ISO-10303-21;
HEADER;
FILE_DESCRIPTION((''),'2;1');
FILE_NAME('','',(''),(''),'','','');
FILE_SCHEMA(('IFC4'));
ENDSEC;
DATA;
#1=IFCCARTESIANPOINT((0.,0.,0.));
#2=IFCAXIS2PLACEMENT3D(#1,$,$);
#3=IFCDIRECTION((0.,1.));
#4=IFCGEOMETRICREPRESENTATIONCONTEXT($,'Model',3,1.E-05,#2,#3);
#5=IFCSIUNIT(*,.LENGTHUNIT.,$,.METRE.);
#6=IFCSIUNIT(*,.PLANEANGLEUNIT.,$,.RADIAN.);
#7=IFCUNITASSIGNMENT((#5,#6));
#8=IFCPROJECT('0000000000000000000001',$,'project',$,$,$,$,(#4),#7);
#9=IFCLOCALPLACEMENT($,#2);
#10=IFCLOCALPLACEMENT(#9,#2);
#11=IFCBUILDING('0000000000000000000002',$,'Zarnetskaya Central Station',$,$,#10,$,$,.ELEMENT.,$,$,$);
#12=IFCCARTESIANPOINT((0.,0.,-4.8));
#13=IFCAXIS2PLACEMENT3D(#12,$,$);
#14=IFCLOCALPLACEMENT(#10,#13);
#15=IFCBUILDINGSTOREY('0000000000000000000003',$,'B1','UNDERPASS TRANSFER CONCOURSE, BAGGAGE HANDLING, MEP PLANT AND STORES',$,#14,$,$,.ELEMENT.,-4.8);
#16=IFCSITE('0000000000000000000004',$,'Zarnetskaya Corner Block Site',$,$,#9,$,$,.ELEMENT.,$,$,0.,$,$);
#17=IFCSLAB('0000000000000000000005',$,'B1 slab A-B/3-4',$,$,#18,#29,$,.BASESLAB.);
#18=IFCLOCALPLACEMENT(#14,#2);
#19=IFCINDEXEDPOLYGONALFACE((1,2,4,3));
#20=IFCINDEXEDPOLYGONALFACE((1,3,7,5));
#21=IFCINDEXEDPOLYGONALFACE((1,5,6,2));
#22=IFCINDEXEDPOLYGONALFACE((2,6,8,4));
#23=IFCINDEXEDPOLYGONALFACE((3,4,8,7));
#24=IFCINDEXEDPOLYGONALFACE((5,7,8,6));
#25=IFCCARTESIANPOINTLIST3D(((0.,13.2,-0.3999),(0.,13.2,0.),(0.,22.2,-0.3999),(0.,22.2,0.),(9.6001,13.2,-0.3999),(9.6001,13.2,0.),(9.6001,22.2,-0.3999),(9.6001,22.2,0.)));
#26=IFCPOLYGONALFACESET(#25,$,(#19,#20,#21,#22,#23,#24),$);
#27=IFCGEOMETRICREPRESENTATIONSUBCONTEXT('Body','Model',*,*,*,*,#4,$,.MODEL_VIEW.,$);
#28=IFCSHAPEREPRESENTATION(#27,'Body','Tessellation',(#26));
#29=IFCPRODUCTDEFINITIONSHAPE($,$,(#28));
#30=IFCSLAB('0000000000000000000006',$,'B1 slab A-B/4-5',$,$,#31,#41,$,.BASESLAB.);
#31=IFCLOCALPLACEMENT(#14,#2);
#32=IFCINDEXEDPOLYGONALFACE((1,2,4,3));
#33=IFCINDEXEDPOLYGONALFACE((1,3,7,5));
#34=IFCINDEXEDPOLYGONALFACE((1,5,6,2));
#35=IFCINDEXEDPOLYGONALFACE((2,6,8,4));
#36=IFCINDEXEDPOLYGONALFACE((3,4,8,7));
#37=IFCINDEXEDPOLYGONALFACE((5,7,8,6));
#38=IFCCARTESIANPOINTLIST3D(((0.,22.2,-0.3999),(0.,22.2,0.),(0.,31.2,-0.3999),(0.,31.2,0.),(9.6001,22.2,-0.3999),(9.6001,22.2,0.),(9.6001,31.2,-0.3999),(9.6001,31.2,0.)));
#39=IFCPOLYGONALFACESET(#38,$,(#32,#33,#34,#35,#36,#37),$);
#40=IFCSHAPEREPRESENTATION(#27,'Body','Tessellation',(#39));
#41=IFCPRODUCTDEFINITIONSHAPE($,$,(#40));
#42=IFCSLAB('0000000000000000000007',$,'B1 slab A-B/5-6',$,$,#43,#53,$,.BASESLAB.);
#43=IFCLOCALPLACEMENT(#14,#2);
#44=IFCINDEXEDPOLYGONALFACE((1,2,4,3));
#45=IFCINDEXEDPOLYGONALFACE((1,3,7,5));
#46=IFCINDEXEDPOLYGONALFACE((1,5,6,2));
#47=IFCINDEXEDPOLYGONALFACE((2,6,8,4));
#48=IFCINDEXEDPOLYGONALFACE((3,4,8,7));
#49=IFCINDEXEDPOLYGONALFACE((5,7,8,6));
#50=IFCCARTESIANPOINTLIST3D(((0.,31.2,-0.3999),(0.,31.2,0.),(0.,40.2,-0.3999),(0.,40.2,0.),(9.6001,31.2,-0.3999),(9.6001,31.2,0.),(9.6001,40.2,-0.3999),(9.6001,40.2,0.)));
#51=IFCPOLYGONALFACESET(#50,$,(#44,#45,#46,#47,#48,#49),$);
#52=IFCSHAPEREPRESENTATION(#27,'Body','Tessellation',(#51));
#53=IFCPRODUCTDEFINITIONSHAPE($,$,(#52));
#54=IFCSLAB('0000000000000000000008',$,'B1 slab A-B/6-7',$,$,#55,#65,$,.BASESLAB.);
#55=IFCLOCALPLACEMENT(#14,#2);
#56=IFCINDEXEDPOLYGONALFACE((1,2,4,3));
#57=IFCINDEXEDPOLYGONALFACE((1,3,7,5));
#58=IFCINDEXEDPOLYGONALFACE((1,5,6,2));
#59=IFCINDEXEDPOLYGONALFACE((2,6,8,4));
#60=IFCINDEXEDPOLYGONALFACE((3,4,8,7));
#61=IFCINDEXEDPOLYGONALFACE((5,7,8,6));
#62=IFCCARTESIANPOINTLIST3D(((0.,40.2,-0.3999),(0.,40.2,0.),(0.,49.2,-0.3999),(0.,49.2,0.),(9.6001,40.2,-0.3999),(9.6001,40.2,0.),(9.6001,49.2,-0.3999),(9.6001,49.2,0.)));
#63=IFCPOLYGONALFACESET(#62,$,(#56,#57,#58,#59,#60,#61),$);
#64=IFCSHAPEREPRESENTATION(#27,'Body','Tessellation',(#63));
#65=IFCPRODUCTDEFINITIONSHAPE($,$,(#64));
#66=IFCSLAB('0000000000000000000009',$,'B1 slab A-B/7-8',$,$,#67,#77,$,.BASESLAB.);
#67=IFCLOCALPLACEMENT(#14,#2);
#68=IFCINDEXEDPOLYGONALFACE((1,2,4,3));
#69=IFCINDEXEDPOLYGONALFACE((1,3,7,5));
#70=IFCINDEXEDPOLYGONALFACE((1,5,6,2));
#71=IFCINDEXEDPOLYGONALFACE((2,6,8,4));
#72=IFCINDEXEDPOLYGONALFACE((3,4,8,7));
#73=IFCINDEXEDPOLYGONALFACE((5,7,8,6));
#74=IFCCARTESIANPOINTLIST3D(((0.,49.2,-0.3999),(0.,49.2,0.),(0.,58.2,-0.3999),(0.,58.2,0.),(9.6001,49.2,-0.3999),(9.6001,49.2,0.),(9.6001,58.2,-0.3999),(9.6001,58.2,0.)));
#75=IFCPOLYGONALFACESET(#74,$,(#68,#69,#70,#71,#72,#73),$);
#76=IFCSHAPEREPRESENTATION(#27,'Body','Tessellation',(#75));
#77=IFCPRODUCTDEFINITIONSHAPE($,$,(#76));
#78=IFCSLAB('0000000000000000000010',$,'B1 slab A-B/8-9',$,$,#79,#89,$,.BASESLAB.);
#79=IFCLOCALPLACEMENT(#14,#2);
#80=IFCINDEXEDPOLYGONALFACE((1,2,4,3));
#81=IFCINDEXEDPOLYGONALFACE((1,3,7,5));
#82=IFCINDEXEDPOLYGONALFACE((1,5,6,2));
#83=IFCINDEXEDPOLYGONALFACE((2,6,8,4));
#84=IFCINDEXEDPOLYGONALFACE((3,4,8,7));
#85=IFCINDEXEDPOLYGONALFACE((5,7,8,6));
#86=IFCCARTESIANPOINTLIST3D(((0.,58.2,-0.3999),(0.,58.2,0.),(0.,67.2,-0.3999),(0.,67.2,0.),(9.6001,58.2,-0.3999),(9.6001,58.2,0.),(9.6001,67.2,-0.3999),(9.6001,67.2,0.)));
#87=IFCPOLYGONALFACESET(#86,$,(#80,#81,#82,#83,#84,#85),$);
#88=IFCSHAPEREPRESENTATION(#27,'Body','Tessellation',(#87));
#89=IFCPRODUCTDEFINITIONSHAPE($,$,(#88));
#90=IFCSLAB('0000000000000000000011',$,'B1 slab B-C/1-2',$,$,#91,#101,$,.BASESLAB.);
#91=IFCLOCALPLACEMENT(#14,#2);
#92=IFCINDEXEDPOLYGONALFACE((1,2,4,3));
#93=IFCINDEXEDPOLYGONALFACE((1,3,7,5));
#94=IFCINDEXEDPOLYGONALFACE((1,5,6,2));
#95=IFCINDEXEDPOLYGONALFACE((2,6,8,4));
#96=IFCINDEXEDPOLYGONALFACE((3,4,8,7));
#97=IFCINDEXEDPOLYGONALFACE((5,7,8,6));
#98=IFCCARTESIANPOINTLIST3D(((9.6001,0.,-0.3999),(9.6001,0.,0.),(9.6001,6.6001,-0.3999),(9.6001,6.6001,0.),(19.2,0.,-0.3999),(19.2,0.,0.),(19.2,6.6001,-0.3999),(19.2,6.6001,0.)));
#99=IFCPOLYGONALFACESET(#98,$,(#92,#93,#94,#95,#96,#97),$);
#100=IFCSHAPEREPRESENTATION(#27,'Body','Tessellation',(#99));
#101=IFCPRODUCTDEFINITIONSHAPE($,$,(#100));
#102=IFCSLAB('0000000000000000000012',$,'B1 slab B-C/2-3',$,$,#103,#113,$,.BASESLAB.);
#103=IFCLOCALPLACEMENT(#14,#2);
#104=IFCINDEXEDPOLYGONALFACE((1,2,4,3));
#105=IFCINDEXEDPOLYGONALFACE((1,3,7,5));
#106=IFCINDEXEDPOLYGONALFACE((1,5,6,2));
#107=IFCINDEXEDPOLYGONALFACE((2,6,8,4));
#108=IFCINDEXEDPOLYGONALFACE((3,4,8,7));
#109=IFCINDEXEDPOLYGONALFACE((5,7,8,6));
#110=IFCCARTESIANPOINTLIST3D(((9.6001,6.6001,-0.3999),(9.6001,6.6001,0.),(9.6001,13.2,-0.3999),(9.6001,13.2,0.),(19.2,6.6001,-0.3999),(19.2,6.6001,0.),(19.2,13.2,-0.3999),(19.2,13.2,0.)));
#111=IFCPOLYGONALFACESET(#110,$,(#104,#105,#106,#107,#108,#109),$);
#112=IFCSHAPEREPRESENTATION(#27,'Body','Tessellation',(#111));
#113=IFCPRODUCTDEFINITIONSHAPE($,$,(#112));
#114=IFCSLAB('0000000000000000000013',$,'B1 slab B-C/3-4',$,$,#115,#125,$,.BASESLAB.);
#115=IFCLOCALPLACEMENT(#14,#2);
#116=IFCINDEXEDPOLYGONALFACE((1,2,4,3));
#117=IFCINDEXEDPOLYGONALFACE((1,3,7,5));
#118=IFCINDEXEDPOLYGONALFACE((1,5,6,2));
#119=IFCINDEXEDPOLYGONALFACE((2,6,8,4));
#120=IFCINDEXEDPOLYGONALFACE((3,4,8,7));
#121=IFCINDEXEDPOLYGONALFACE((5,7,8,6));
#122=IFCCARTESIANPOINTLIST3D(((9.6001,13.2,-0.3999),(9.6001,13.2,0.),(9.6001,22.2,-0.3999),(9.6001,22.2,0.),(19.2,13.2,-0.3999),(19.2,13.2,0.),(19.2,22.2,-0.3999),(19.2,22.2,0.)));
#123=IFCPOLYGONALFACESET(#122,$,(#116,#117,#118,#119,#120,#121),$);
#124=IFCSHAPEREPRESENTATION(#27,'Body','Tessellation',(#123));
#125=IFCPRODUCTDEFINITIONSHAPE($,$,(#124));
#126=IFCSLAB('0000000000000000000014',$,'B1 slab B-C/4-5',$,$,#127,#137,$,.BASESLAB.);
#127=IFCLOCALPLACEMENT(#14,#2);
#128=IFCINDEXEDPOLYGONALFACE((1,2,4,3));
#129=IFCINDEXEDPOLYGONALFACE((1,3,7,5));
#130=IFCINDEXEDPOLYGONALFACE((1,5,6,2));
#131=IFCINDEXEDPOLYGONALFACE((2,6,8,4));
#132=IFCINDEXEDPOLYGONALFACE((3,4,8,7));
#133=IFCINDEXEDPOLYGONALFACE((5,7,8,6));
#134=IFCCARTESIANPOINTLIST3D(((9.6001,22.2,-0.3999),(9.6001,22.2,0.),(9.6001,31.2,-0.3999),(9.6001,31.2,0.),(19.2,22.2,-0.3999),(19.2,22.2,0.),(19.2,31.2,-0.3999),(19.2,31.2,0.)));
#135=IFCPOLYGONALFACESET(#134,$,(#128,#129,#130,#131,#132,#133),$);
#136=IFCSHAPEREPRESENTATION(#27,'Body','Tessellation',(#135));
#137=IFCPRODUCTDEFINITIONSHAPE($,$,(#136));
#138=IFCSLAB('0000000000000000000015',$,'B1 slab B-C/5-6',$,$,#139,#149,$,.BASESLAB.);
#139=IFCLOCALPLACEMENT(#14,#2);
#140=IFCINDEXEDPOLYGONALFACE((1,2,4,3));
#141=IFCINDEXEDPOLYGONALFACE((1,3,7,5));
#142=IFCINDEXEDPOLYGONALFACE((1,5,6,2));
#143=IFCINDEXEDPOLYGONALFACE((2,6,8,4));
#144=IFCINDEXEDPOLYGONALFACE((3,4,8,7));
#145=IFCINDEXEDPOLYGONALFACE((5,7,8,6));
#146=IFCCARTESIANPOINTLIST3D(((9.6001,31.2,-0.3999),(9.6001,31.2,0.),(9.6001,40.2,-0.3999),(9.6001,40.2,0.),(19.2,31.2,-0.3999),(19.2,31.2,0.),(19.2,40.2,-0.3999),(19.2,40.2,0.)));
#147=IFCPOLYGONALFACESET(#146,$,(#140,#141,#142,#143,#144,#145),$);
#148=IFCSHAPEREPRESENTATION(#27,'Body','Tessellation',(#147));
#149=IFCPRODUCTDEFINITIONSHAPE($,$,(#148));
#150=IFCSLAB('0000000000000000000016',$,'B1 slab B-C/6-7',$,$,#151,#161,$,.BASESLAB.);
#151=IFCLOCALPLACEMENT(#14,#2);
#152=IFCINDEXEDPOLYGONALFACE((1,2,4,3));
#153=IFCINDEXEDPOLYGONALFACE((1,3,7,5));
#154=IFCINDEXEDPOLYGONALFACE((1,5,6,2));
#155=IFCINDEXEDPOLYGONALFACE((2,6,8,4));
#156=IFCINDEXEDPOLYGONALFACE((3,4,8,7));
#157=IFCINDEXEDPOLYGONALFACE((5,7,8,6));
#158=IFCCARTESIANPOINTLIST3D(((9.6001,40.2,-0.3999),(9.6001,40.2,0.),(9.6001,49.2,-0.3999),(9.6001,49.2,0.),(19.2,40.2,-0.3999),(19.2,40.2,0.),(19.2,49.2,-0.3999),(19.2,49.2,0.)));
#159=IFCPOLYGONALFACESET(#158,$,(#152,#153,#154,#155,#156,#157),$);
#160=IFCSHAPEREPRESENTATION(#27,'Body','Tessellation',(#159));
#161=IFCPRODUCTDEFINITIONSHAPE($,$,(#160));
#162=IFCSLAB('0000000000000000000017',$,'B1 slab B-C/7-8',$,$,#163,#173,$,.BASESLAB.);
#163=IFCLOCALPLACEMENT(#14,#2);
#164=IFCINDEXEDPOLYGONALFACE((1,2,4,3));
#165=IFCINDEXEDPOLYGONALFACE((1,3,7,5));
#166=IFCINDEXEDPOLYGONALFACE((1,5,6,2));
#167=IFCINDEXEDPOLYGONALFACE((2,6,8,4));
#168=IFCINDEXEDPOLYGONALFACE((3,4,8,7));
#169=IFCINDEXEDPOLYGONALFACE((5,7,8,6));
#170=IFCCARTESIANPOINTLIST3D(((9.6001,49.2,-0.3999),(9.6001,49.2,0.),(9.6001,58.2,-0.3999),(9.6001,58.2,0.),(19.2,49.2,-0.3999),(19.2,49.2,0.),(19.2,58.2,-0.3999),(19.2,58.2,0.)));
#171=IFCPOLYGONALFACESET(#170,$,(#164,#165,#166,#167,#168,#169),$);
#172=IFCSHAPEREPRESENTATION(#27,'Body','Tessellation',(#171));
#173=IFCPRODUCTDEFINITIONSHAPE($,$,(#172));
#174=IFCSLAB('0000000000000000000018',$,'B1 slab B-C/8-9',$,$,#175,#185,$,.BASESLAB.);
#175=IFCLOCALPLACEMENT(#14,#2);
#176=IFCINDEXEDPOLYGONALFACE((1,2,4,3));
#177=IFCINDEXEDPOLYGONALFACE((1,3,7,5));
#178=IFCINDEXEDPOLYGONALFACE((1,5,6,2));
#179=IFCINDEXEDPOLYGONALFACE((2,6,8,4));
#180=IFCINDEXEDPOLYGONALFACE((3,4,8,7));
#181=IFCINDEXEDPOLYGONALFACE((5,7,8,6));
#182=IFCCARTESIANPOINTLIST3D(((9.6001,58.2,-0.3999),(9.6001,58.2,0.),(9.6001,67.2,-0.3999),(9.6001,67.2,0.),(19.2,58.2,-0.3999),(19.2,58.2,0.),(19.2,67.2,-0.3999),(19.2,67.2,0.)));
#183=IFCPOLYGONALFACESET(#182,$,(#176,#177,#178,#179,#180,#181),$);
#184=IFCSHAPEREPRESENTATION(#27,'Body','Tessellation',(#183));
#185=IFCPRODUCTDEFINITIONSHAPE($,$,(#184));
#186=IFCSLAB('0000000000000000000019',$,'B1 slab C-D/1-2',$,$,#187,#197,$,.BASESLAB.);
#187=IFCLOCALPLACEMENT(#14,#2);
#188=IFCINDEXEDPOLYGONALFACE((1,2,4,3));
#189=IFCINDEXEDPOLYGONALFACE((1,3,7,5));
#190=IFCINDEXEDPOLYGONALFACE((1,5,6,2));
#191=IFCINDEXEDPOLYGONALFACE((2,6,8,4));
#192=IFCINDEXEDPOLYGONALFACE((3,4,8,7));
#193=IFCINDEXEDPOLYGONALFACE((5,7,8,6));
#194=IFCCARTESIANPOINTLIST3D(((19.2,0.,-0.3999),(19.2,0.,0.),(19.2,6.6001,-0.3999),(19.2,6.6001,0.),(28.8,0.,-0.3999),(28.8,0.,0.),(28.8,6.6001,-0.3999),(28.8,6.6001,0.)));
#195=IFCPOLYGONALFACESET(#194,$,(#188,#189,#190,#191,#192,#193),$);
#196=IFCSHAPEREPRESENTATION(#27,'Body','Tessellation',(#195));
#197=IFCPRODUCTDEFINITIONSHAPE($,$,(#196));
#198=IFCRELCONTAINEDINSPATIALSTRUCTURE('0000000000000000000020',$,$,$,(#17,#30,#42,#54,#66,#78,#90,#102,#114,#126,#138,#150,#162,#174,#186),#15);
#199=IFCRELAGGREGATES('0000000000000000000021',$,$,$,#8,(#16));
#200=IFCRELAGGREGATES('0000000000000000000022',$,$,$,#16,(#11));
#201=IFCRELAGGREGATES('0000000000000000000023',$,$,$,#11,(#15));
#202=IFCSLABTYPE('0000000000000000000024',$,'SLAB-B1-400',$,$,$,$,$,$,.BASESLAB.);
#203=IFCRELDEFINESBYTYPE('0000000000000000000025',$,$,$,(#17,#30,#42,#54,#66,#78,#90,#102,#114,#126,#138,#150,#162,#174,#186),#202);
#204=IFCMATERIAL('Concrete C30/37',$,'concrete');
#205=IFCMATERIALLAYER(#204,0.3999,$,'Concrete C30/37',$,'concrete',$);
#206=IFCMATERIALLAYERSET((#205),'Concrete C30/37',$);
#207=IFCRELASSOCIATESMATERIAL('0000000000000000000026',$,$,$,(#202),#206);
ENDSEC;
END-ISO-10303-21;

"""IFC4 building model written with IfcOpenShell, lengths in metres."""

from ifc_helpers import new_model, si_unit, direction, frame, origin, place, context, subcontext, project, spatial, polyline, outline, extrude, material, layer, layer_set, type_object, element, save


model = new_model("IFC4")

# Units and contexts
model_context = context("Model", 3, precision=1e-05, world=origin(), true_north=direction((0.0, 1.0)))
body_context = subcontext(model_context, "Body", "Model", "MODEL_VIEW")
ifc_project = project(units=[si_unit("LENGTHUNIT", "METRE"), si_unit("PLANEANGLEUNIT", "RADIAN")], contexts=[model_context])

# Site, building, storey
site_placement = place(None, origin())
site = spatial("IfcSite", under=ifc_project, at=site_placement, Name="Zarnetskaya Corner Block Site", CompositionType="ELEMENT", RefElevation=0.0)
building_placement = place(site_placement, origin())
building = spatial("IfcBuilding", under=site, at=building_placement, Name="Zarnetskaya Central Station", CompositionType="ELEMENT")
storey_placement = place(building_placement, frame((0.0, 0.0, -4.8)))
storey = spatial("IfcBuildingStorey", under=building, at=storey_placement, Name="B1", Description="UNDERPASS TRANSFER CONCOURSE, BAGGAGE HANDLING, MEP PLANT AND STORES", CompositionType="ELEMENT", Elevation=-4.8)

# Slabs
ifc_material_1 = material(Name="Concrete C30/37", Category="concrete")
ifc_layer = layer(ifc_material_1, 0.3999, Name="Concrete C30/37", Category="concrete")
ifc_layer_set = layer_set([ifc_layer], Name="Concrete C30/37")
slab_type = type_object("IfcSlabType", Name="SLAB-B1-400", PredefinedType="BASESLAB", material=ifc_layer_set)
slab_1_placement = place(storey_placement, frame((0.0, 0.0, -0.3999)))
element("IfcSlab", 1, at=slab_1_placement, inside=storey, type_object=slab_type, Name="B1 slab A-B/3-4", PredefinedType="BASESLAB", context=body_context, shape_type="SweptSolid", body=[
    extrude(outline(polyline([(0.0, 13.2), (9.6001, 13.2), (9.6001, 22.2), (0.0, 22.2), (0.0, 13.2)])), origin(), (0.0, 0.0, 1.0), 0.3999),
])
slab_2_placement = place(storey_placement, frame((0.0, 0.0, -0.3999)))
element("IfcSlab", 2, at=slab_2_placement, inside=storey, type_object=slab_type, Name="B1 slab A-B/4-5", PredefinedType="BASESLAB", context=body_context, shape_type="SweptSolid", body=[
    extrude(outline(polyline([(0.0, 22.2), (9.6001, 22.2), (9.6001, 31.2), (0.0, 31.2), (0.0, 22.2)])), origin(), (0.0, 0.0, 1.0), 0.3999),
])
slab_3_placement = place(storey_placement, frame((0.0, 0.0, -0.3999)))
element("IfcSlab", 3, at=slab_3_placement, inside=storey, type_object=slab_type, Name="B1 slab A-B/5-6", PredefinedType="BASESLAB", context=body_context, shape_type="SweptSolid", body=[
    extrude(outline(polyline([(0.0, 31.2), (9.6001, 31.2), (9.6001, 40.2), (0.0, 40.2), (0.0, 31.2)])), origin(), (0.0, 0.0, 1.0), 0.3999),
])
slab_4_placement = place(storey_placement, frame((0.0, 0.0, -0.3999)))
element("IfcSlab", 4, at=slab_4_placement, inside=storey, type_object=slab_type, Name="B1 slab A-B/6-7", PredefinedType="BASESLAB", context=body_context, shape_type="SweptSolid", body=[
    extrude(outline(polyline([(0.0, 40.2), (9.6001, 40.2), (9.6001, 49.2), (0.0, 49.2), (0.0, 40.2)])), origin(), (0.0, 0.0, 1.0), 0.3999),
])
slab_5_placement = place(storey_placement, frame((0.0, 0.0, -0.3999)))
element("IfcSlab", 5, at=slab_5_placement, inside=storey, type_object=slab_type, Name="B1 slab A-B/7-8", PredefinedType="BASESLAB", context=body_context, shape_type="SweptSolid", body=[
    extrude(outline(polyline([(0.0, 49.2), (9.6001, 49.2), (9.6001, 58.2), (0.0, 58.2), (0.0, 49.2)])), origin(), (0.0, 0.0, 1.0), 0.3999),
])
slab_6_placement = place(storey_placement, frame((0.0, 0.0, -0.3999)))
element("IfcSlab", 6, at=slab_6_placement, inside=storey, type_object=slab_type, Name="B1 slab A-B/8-9", PredefinedType="BASESLAB", context=body_context, shape_type="SweptSolid", body=[
    extrude(outline(polyline([(0.0, 58.2), (9.6001, 58.2), (9.6001, 67.2), (0.0, 67.2), (0.0, 58.2)])), origin(), (0.0, 0.0, 1.0), 0.3999),
])
slab_7_placement = place(storey_placement, frame((0.0, 0.0, -0.3999)))
element("IfcSlab", 7, at=slab_7_placement, inside=storey, type_object=slab_type, Name="B1 slab B-C/1-2", PredefinedType="BASESLAB", context=body_context, shape_type="SweptSolid", body=[
    extrude(outline(polyline([(9.6001, 0.0), (19.2, 0.0), (19.2, 6.6001), (9.6001, 6.6001), (9.6001, 0.0)])), origin(), (0.0, 0.0, 1.0), 0.3999),
])
slab_8_placement = place(storey_placement, frame((0.0, 0.0, -0.3999)))
element("IfcSlab", 8, at=slab_8_placement, inside=storey, type_object=slab_type, Name="B1 slab B-C/2-3", PredefinedType="BASESLAB", context=body_context, shape_type="SweptSolid", body=[
    extrude(outline(polyline([(9.6001, 6.6001), (19.2, 6.6001), (19.2, 13.2), (9.6001, 13.2), (9.6001, 6.6001)])), origin(), (0.0, 0.0, 1.0), 0.3999),
])
slab_9_placement = place(storey_placement, frame((0.0, 0.0, -0.3999)))
element("IfcSlab", 9, at=slab_9_placement, inside=storey, type_object=slab_type, Name="B1 slab B-C/3-4", PredefinedType="BASESLAB", context=body_context, shape_type="SweptSolid", body=[
    extrude(outline(polyline([(9.6001, 13.2), (19.2, 13.2), (19.2, 22.2), (9.6001, 22.2), (9.6001, 13.2)])), origin(), (0.0, 0.0, 1.0), 0.3999),
])
slab_10_placement = place(storey_placement, frame((0.0, 0.0, -0.3999)))
element("IfcSlab", 10, at=slab_10_placement, inside=storey, type_object=slab_type, Name="B1 slab B-C/4-5", PredefinedType="BASESLAB", context=body_context, shape_type="SweptSolid", body=[
    extrude(outline(polyline([(9.6001, 22.2), (19.2, 22.2), (19.2, 31.2), (9.6001, 31.2), (9.6001, 22.2)])), origin(), (0.0, 0.0, 1.0), 0.3999),
])
slab_11_placement = place(storey_placement, frame((0.0, 0.0, -0.3999)))
element("IfcSlab", 11, at=slab_11_placement, inside=storey, type_object=slab_type, Name="B1 slab B-C/5-6", PredefinedType="BASESLAB", context=body_context, shape_type="SweptSolid", body=[
    extrude(outline(polyline([(9.6001, 31.2), (19.2, 31.2), (19.2, 40.2), (9.6001, 40.2), (9.6001, 31.2)])), origin(), (0.0, 0.0, 1.0), 0.3999),
])
slab_12_placement = place(storey_placement, frame((0.0, 0.0, -0.3999)))
element("IfcSlab", 12, at=slab_12_placement, inside=storey, type_object=slab_type, Name="B1 slab B-C/6-7", PredefinedType="BASESLAB", context=body_context, shape_type="SweptSolid", body=[
    extrude(outline(polyline([(9.6001, 40.2), (19.2, 40.2), (19.2, 49.2), (9.6001, 49.2), (9.6001, 40.2)])), origin(), (0.0, 0.0, 1.0), 0.3999),
])
slab_13_placement = place(storey_placement, frame((0.0, 0.0, -0.3999)))
element("IfcSlab", 13, at=slab_13_placement, inside=storey, type_object=slab_type, Name="B1 slab B-C/7-8", PredefinedType="BASESLAB", context=body_context, shape_type="SweptSolid", body=[
    extrude(outline(polyline([(9.6001, 49.2), (19.2, 49.2), (19.2, 58.2), (9.6001, 58.2), (9.6001, 49.2)])), origin(), (0.0, 0.0, 1.0), 0.3999),
])
slab_14_placement = place(storey_placement, frame((0.0, 0.0, -0.3999)))
element("IfcSlab", 14, at=slab_14_placement, inside=storey, type_object=slab_type, Name="B1 slab B-C/8-9", PredefinedType="BASESLAB", context=body_context, shape_type="SweptSolid", body=[
    extrude(outline(polyline([(9.6001, 58.2), (19.2, 58.2), (19.2, 67.2), (9.6001, 67.2), (9.6001, 58.2)])), origin(), (0.0, 0.0, 1.0), 0.3999),
])
slab_15_placement = place(storey_placement, frame((0.0, 0.0, -0.3999)))
element("IfcSlab", 15, at=slab_15_placement, inside=storey, type_object=slab_type, Name="B1 slab C-D/1-2", PredefinedType="BASESLAB", context=body_context, shape_type="SweptSolid", body=[
    extrude(outline(polyline([(19.2, 0.0), (28.8, 0.0), (28.8, 6.6001), (19.2, 6.6001), (19.2, 0.0)])), origin(), (0.0, 0.0, 1.0), 0.3999),
])

save(model, "model.ifc")
